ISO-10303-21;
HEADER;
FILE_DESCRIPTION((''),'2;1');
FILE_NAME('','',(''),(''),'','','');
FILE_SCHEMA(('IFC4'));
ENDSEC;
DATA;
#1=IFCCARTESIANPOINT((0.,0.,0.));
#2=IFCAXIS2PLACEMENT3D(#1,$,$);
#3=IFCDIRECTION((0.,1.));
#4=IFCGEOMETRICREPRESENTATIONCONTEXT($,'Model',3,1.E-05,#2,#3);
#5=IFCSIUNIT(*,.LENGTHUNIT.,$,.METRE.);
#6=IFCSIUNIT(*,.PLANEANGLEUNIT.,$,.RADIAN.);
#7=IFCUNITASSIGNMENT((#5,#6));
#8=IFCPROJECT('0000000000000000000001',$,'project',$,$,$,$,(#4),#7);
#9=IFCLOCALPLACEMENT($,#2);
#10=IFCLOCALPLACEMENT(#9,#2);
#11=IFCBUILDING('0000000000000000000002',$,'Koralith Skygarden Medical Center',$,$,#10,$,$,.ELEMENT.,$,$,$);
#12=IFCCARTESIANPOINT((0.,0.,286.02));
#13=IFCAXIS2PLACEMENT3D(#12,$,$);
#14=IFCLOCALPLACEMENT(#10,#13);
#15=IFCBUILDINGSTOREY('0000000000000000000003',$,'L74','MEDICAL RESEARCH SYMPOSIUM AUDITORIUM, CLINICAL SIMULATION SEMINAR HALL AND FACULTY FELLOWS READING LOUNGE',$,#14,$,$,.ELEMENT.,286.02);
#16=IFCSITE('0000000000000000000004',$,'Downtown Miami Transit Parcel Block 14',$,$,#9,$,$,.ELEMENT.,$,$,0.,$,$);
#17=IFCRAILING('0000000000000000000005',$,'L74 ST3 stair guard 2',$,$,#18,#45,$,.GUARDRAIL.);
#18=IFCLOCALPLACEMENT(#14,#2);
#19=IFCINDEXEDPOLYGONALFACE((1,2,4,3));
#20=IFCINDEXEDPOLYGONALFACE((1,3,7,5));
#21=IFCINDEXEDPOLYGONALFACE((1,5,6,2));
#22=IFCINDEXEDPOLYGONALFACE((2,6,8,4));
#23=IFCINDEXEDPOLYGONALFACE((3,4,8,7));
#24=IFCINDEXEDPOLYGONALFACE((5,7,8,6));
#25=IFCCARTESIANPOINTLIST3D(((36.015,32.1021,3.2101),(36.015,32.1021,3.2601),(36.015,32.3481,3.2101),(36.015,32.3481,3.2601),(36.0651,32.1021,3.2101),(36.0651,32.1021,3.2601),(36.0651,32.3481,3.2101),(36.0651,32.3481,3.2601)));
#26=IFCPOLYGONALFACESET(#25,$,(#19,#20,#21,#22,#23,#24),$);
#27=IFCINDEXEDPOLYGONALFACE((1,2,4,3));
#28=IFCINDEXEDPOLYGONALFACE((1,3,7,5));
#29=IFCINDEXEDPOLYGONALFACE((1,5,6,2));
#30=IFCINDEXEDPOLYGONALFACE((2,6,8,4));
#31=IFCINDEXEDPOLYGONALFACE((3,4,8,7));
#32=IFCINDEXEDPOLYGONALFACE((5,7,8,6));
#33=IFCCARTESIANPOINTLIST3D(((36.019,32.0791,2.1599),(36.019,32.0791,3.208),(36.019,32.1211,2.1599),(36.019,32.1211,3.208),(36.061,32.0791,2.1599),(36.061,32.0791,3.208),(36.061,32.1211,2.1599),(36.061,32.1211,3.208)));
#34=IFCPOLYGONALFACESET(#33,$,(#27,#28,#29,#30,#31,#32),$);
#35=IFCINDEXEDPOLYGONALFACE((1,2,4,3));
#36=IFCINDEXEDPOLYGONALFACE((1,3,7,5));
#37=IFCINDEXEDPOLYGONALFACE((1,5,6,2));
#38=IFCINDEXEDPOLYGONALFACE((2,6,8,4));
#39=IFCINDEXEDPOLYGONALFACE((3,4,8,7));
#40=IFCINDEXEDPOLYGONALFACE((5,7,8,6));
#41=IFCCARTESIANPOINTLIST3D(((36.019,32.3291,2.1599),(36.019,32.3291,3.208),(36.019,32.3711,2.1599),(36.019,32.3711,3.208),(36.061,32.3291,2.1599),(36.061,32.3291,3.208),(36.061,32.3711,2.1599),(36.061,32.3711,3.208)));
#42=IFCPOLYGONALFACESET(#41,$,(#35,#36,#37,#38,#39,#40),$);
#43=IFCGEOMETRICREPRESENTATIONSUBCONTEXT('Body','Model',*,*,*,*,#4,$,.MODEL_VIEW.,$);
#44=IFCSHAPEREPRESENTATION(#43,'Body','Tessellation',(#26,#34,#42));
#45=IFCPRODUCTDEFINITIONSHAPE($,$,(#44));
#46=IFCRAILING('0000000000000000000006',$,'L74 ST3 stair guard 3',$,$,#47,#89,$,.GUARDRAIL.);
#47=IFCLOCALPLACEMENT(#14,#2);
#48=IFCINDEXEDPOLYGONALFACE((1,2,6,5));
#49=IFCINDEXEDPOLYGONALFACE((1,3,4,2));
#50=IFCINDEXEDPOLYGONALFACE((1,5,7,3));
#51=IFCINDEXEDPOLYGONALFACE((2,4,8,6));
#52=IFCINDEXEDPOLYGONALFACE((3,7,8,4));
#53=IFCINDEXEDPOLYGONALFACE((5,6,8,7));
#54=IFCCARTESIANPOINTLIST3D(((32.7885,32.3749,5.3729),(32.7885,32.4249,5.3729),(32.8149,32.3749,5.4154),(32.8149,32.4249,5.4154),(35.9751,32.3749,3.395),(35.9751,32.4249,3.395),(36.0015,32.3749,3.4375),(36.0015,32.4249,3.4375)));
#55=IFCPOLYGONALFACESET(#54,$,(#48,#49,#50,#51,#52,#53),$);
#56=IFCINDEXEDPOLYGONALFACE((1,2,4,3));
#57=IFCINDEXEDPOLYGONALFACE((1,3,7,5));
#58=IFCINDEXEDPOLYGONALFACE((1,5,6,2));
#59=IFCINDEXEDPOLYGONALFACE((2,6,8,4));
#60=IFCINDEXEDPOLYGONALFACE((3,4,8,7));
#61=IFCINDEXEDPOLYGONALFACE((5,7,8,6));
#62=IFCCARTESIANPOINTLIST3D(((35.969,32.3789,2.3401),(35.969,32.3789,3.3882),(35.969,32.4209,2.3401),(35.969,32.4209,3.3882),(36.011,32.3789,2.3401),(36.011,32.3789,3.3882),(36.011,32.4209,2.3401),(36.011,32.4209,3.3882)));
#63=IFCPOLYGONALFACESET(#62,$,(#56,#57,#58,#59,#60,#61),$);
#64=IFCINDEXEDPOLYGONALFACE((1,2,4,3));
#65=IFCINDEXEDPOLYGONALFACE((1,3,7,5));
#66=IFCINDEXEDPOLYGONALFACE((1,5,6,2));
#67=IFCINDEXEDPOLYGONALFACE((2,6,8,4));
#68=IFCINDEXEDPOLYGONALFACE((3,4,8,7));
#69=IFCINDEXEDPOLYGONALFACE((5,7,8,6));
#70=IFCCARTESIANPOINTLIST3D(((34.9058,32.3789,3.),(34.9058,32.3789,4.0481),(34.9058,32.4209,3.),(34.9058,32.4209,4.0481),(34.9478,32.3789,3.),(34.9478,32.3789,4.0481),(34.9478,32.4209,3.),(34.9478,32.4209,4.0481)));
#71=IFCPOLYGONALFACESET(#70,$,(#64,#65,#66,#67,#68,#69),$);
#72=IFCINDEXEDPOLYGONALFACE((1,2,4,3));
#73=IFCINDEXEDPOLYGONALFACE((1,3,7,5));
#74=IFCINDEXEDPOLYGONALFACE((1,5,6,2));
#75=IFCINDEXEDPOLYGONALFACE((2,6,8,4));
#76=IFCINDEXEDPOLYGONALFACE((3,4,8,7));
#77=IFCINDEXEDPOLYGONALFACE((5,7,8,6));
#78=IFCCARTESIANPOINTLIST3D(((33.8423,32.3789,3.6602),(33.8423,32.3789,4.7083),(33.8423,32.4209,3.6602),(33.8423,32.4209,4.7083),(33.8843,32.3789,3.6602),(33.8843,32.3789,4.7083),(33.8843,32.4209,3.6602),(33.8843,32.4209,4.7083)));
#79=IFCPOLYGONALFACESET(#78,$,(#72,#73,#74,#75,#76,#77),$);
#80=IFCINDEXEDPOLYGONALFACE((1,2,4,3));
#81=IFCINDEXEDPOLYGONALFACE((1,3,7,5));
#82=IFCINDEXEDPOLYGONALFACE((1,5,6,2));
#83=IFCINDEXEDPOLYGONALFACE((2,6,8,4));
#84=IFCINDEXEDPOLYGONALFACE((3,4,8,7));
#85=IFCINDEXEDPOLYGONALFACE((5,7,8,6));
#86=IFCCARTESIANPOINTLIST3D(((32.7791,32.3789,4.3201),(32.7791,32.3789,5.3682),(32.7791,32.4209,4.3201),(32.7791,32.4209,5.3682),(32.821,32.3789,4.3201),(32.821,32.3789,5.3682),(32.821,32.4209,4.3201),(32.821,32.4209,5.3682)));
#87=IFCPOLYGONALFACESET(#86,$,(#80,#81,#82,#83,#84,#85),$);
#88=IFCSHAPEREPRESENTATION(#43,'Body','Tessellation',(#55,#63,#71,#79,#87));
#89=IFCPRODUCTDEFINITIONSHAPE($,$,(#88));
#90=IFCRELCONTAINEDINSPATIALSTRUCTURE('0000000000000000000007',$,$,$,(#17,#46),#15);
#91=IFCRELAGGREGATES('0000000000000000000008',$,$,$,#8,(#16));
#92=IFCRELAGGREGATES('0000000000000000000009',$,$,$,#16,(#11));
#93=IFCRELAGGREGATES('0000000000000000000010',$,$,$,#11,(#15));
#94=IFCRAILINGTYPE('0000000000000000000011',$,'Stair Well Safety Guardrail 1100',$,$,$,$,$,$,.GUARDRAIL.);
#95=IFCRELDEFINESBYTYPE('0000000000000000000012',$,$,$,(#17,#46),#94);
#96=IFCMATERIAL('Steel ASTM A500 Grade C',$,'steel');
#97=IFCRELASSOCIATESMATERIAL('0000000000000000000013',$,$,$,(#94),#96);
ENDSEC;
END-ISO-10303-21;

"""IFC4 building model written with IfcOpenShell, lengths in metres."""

from ifc_helpers import new_model, si_unit, direction, frame, origin, origin_2d, place, context, subcontext, project, spatial, rectangle, extrude, material, type_object, element, save


model = new_model("IFC4")

# Units and contexts
model_context = context("Model", 3, precision=1e-05, world=origin(), true_north=direction((0.0, 1.0)))
body_context = subcontext(model_context, "Body", "Model", "MODEL_VIEW")
ifc_project = project(units=[si_unit("LENGTHUNIT", "METRE"), si_unit("PLANEANGLEUNIT", "RADIAN")], contexts=[model_context])

# Site, building, storey
site_placement = place(None, origin())
site = spatial("IfcSite", under=ifc_project, at=site_placement, Name="Downtown Miami Transit Parcel Block 14", CompositionType="ELEMENT", RefElevation=0.0)
building_placement = place(site_placement, origin())
building = spatial("IfcBuilding", under=site, at=building_placement, Name="Koralith Skygarden Medical Center", CompositionType="ELEMENT")
storey_placement = place(building_placement, frame((0.0, 0.0, 286.02)))
storey = spatial("IfcBuildingStorey", under=building, at=storey_placement, Name="L74", Description="MEDICAL RESEARCH SYMPOSIUM AUDITORIUM, CLINICAL SIMULATION SEMINAR HALL AND FACULTY FELLOWS READING LOUNGE", CompositionType="ELEMENT", Elevation=286.02)

# Shared definitions
ifc_material_1 = material(Name="Steel ASTM A500 Grade C", Category="steel")

# Railings
railing_type_1 = type_object("IfcRailingType", Name="Stair Well Safety Guardrail 1100", PredefinedType="GUARDRAIL", material=ifc_material_1)
railing_1_placement = place(storey_placement, frame((36.04, 32.1001, 2.1599)))
element("IfcRailing", 1, at=railing_1_placement, inside=storey, type_object=railing_type_1, Name="L74 ST3 stair guard 2", PredefinedType="GUARDRAIL", context=body_context, shape_type="SweptSolid", body=[
    extrude(rectangle(XDim=0.05, YDim=0.05, at=origin_2d()), frame((0.0, 0.002, 1.0752), z_axis=(0.0, 1.0, 0.0), x_axis=(-1.0, 0.0, 0.0)), (0.0, 0.0, 1.0), 0.2461),
    extrude(rectangle(XDim=0.042, YDim=0.042, at=origin_2d()), origin(), (0.0, 0.0, 1.0), 1.0481),
    extrude(rectangle(XDim=0.042, YDim=0.042, at=origin_2d()), frame((0.0, 0.25, 0.0)), (0.0, 0.0, 1.0), 1.0481),
])
railing_2_placement = place(storey_placement, frame((35.99, 32.3999, 2.3401)))
element("IfcRailing", 2, at=railing_2_placement, inside=storey, type_object=railing_type_1, Name="L74 ST3 stair guard 3", PredefinedType="GUARDRAIL", context=body_context, shape_type="SweptSolid", body=[
    extrude(rectangle(XDim=0.05, YDim=0.05, at=origin_2d()), frame((-0.0017, 0.0, 1.0762), z_axis=(-0.849638, 0.0, 0.527366), x_axis=(0.0, -1.0, 0.0)), (0.0, 0.0, 1.0), 3.7505),
    extrude(rectangle(XDim=0.042, YDim=0.042, at=origin_2d()), origin(), (0.0, 0.0, 1.0), 1.0481),
    extrude(rectangle(XDim=0.042, YDim=0.042, at=origin_2d()), frame((-1.0632, 0.0, 0.6599)), (0.0, 0.0, 1.0), 1.0481),
    extrude(rectangle(XDim=0.042, YDim=0.042, at=origin_2d()), frame((-2.1267, 0.0, 1.3201)), (0.0, 0.0, 1.0), 1.0481),
    extrude(rectangle(XDim=0.042, YDim=0.042, at=origin_2d()), frame((-3.1899, 0.0, 1.98)), (0.0, 0.0, 1.0), 1.0481),
])

save(model, "model.ifc")
